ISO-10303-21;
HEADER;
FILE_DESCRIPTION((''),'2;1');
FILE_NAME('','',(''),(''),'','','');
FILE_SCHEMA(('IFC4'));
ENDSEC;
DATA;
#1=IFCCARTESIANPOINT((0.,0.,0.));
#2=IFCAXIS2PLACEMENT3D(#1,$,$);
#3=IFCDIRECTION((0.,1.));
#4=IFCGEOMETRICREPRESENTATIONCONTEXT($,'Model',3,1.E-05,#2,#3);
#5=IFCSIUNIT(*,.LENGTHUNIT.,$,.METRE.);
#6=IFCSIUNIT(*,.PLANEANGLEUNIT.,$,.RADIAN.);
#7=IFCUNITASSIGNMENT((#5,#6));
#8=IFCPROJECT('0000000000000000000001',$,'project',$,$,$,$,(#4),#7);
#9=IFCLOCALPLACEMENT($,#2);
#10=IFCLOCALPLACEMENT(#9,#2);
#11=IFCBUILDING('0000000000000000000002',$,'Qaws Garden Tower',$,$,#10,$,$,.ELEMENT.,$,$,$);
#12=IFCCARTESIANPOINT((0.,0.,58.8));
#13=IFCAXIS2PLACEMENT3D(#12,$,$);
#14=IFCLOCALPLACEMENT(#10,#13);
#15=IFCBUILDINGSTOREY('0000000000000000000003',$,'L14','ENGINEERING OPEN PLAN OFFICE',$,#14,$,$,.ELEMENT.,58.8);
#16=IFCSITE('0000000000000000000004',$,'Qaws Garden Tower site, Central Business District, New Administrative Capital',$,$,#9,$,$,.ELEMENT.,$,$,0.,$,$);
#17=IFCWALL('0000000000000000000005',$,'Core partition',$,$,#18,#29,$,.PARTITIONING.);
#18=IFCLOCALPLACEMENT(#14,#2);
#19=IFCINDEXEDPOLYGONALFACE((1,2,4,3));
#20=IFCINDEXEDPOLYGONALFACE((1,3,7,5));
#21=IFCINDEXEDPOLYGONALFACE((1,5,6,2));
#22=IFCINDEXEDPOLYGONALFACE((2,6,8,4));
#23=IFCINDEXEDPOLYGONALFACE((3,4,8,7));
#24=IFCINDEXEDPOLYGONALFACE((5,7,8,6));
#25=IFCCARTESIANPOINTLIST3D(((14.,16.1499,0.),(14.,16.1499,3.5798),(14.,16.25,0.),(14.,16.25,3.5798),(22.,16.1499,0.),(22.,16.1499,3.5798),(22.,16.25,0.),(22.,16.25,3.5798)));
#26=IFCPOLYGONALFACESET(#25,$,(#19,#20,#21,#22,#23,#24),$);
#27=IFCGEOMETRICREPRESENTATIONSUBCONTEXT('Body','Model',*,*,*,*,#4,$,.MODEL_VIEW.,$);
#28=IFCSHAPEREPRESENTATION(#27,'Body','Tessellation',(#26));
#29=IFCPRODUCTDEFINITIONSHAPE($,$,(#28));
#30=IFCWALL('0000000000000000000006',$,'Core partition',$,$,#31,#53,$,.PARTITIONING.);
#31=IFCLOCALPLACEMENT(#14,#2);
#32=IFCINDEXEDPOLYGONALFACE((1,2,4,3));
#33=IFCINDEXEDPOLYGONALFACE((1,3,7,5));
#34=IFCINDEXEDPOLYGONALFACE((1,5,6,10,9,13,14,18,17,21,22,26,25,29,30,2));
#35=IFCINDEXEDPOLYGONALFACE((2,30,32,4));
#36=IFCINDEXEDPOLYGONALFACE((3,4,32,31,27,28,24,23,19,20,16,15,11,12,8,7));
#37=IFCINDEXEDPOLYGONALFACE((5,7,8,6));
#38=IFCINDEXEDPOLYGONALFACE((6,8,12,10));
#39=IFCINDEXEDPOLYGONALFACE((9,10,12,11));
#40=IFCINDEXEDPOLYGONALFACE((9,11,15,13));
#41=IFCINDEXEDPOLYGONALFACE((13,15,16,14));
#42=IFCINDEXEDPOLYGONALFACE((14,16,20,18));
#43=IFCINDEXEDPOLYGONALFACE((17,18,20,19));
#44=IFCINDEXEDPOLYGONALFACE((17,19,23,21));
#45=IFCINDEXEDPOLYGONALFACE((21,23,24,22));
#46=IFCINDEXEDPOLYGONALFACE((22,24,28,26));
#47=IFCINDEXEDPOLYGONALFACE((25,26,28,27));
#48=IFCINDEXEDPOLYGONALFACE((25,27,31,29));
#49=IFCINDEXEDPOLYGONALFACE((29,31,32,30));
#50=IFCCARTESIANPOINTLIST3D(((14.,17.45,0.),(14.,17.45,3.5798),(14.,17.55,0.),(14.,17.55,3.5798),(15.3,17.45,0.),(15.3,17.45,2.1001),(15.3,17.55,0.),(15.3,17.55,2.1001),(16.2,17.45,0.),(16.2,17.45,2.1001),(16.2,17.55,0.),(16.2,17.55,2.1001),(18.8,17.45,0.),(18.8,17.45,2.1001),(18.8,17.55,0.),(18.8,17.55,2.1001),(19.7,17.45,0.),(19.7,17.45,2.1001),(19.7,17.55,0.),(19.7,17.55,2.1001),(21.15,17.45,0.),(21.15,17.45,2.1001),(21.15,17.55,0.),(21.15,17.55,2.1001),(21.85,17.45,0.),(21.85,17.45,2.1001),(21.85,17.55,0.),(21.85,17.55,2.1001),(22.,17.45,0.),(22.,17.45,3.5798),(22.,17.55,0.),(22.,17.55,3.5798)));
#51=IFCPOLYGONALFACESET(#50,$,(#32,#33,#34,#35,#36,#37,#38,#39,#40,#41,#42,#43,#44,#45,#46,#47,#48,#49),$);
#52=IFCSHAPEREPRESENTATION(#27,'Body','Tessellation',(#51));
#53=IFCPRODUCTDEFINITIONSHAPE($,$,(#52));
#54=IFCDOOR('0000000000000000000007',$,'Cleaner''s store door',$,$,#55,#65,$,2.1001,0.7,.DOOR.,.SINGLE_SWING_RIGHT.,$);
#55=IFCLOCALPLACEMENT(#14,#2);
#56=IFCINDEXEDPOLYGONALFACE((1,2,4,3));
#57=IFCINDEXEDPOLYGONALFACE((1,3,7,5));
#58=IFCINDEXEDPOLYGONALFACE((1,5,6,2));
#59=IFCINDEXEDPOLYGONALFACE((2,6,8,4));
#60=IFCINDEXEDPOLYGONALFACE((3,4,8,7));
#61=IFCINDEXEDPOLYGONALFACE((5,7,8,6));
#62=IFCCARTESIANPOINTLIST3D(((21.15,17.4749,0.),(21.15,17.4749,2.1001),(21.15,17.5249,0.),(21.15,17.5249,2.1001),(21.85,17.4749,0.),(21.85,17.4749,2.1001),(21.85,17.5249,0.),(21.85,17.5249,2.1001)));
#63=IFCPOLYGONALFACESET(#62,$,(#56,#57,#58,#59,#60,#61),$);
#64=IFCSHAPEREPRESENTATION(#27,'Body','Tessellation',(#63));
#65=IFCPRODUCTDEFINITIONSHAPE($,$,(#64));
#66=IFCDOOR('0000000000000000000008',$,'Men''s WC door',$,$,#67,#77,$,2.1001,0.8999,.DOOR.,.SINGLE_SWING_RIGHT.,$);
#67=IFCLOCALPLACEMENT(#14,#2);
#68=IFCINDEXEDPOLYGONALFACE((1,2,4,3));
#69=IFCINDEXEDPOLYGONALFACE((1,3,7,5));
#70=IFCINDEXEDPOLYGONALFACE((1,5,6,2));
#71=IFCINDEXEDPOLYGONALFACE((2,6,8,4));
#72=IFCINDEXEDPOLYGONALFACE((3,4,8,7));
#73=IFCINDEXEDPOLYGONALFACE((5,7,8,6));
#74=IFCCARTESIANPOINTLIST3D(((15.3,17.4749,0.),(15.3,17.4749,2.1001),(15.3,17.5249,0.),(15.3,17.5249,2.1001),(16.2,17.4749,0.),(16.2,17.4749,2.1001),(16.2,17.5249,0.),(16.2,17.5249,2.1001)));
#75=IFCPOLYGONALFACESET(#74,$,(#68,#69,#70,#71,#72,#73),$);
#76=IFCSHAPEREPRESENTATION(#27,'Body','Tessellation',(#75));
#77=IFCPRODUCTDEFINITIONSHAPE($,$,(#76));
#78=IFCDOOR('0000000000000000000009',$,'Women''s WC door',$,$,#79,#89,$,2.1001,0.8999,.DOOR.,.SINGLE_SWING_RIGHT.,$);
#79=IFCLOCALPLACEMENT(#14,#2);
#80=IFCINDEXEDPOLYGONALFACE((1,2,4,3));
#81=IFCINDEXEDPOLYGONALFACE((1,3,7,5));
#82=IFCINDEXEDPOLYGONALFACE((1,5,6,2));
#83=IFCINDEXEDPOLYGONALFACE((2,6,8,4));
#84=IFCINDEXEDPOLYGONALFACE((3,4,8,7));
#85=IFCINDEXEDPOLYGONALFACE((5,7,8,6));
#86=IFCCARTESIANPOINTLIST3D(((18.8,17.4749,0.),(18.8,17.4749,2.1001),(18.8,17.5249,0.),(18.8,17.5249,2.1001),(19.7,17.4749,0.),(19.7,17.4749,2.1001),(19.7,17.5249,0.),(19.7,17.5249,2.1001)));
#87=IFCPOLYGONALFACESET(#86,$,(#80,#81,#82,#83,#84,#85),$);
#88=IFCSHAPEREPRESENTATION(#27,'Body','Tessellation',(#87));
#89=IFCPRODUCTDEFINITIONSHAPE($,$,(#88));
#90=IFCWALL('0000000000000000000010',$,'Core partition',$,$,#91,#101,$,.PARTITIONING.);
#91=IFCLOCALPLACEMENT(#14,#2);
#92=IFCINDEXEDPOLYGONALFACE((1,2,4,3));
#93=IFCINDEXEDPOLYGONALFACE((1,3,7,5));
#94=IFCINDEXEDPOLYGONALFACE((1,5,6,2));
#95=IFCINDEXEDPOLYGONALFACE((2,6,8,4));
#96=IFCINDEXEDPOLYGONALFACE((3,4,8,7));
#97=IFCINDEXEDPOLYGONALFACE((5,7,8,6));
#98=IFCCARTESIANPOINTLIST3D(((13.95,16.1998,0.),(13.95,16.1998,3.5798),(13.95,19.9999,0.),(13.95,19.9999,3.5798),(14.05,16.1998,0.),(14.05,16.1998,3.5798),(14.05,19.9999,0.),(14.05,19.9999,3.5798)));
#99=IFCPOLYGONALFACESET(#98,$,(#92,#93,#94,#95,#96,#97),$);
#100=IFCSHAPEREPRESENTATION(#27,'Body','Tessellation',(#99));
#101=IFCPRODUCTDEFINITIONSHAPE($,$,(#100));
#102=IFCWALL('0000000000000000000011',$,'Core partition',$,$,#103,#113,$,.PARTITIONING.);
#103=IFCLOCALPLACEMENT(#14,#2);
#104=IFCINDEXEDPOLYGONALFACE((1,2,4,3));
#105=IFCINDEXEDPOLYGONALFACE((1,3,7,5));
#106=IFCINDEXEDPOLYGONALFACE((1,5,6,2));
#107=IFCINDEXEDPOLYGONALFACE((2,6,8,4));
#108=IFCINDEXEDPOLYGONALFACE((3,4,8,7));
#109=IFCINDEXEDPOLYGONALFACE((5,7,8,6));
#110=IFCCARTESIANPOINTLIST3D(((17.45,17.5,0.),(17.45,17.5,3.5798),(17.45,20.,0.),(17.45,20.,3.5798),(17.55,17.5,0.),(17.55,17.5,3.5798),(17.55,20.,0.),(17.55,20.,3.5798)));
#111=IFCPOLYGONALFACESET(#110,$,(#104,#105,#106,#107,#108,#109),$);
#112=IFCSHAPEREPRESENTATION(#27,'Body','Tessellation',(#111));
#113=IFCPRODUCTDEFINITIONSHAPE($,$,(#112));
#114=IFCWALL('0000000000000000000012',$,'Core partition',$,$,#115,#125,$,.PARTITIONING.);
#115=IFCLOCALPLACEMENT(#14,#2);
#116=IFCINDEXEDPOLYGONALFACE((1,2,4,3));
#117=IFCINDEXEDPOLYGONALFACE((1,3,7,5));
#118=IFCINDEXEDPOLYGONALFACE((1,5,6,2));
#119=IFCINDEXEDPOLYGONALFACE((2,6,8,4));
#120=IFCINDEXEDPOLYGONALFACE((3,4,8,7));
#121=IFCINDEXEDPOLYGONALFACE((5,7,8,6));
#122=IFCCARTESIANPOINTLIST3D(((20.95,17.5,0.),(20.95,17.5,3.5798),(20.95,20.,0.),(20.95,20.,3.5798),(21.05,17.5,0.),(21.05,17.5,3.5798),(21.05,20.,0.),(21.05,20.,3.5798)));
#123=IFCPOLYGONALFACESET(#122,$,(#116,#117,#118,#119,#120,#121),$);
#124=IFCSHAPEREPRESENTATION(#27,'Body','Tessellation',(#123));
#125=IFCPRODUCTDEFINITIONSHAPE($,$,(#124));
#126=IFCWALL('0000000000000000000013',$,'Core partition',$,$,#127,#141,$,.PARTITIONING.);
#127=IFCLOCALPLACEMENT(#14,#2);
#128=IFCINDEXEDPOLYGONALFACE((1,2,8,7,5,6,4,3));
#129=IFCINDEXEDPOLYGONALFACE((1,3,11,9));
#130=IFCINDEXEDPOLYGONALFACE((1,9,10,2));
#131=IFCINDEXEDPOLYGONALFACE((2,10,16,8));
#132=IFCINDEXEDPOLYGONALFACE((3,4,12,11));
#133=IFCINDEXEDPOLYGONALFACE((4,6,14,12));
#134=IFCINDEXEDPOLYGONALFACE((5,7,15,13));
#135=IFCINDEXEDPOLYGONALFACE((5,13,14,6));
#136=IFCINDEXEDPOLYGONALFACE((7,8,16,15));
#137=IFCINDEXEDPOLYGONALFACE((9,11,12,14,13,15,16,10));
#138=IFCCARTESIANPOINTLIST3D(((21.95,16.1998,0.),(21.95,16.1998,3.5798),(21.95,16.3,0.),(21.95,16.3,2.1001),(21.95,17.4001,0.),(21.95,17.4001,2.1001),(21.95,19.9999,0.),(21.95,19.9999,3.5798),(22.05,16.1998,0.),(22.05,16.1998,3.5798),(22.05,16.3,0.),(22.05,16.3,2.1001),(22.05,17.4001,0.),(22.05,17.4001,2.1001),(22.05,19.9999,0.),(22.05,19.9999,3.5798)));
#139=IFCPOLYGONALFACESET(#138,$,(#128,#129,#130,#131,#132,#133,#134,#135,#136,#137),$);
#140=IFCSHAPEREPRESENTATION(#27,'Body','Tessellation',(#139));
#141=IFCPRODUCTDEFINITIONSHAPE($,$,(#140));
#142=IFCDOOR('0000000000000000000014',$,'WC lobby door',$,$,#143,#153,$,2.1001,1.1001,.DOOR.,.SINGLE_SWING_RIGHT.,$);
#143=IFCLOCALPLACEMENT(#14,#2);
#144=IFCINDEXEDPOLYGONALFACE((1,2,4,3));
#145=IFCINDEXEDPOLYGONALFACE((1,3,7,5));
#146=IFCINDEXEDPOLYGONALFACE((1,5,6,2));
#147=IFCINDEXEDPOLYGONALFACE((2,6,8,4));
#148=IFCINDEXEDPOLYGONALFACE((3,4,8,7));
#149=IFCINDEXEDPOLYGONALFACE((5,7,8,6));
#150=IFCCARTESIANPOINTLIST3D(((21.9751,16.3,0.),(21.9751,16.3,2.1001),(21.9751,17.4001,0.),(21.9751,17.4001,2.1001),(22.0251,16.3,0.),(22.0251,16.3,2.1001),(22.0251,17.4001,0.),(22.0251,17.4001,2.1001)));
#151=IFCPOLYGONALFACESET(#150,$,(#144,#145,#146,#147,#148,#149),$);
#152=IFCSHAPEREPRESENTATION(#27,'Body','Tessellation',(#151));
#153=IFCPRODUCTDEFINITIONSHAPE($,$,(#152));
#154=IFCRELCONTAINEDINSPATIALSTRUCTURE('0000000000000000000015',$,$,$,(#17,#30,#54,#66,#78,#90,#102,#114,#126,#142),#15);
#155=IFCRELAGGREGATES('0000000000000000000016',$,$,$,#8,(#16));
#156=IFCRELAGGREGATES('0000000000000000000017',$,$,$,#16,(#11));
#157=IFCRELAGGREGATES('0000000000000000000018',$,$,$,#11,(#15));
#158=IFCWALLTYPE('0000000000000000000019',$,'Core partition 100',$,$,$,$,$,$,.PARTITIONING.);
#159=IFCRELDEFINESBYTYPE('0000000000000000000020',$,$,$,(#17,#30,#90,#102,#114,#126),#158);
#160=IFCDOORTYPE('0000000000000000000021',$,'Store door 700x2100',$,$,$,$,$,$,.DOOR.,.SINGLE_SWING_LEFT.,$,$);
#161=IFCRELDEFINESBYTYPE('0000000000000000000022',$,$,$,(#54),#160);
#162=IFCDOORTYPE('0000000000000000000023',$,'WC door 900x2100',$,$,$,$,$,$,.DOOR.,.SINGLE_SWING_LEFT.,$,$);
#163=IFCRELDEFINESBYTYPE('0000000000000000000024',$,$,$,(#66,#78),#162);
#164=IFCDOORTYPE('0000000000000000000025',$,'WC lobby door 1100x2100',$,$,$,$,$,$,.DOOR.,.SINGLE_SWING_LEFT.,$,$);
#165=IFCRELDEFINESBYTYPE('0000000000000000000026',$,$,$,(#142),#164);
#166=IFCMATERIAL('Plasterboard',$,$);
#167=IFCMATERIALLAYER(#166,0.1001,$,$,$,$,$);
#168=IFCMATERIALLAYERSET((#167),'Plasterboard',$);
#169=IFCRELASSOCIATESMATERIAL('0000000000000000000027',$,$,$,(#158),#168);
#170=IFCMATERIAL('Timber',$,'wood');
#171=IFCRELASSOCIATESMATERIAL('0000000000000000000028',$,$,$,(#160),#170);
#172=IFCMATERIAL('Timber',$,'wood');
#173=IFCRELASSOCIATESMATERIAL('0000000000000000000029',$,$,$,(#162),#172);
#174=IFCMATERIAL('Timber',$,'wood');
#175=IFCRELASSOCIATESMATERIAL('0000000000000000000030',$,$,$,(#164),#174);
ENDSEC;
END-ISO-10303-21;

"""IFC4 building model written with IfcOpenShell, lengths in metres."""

from ifc_helpers import new_model, si_unit, direction, frame, frame_2d, origin, place, context, subcontext, project, spatial, rectangle, extrude, material, layer, layer_set, type_object, element, fill, save


model = new_model("IFC4")

# Units and contexts
model_context = context("Model", 3, precision=1e-05, world=origin(), true_north=direction((0.0, 1.0)))
body_context = subcontext(model_context, "Body", "Model", "MODEL_VIEW")
ifc_project = project(units=[si_unit("LENGTHUNIT", "METRE"), si_unit("PLANEANGLEUNIT", "RADIAN")], contexts=[model_context])

# Site, building, storey
site_placement = place(None, origin())
site = spatial("IfcSite", under=ifc_project, at=site_placement, Name="Qaws Garden Tower site, Central Business District, New Administrative Capital", CompositionType="ELEMENT", RefElevation=0.0)
building_placement = place(site_placement, origin())
building = spatial("IfcBuilding", under=site, at=building_placement, Name="Qaws Garden Tower", CompositionType="ELEMENT")
storey_placement = place(building_placement, frame((0.0, 0.0, 58.8)))
storey = spatial("IfcBuildingStorey", under=building, at=storey_placement, Name="L14", Description="ENGINEERING OPEN PLAN OFFICE", CompositionType="ELEMENT", Elevation=58.8)

# Wall
ifc_material_1 = material(Name="Plasterboard")
ifc_layer_1 = layer(ifc_material_1, 0.1001)
ifc_layer_set_1 = layer_set([ifc_layer_1], Name="Plasterboard")
wall_type_1 = type_object("IfcWallType", Name="Core partition 100", PredefinedType="PARTITIONING", material=ifc_layer_set_1)
wall_1_placement = place(storey_placement, frame((14.0, 16.2, 0.0), z_axis=(0.0, 0.0, 1.0), x_axis=(1.0, 0.0, 0.0)))
element("IfcWall", 1, at=wall_1_placement, inside=storey, type_object=wall_type_1, Name="Core partition", PredefinedType="PARTITIONING", context=body_context, shape_type="SweptSolid", body=[
    extrude(rectangle(XDim=8.0, YDim=0.1001, at=frame_2d((4.0, 0.0))), origin(), (0.0, 0.0, 1.0), 3.5798),
])

# Wall, openings, doors
wall_2_placement = place(storey_placement, frame((14.0, 17.5, 0.0), z_axis=(0.0, 0.0, 1.0), x_axis=(1.0, 0.0, 0.0)))
wall_2 = element("IfcWall", 2, at=wall_2_placement, inside=storey, type_object=wall_type_1, Name="Core partition", PredefinedType="PARTITIONING", context=body_context, shape_type="SweptSolid", body=[
    extrude(rectangle(XDim=8.0, YDim=0.1001, at=frame_2d((4.0, 0.0))), origin(), (0.0, 0.0, 1.0), 3.5798),
])
opening_1_placement = place(wall_2_placement, frame((1.3, 0.0, 0.0)))
opening_1 = element("IfcOpeningElement", 3, at=opening_1_placement, cuts=wall_2, PredefinedType="OPENING", context=body_context, shape_type="SweptSolid", body=[
    extrude(rectangle(XDim=0.8999, YDim=2.1001, at=frame_2d((0.45, 1.05))), frame((0.0, 0.0601, 0.0), z_axis=(0.0, -1.0, 0.0), x_axis=(1.0, 0.0, 0.0)), (0.0, 0.0, 1.0), 0.1201),
])
opening_2_placement = place(wall_2_placement, frame((4.8, 0.0, 0.0)))
opening_2 = element("IfcOpeningElement", 4, at=opening_2_placement, cuts=wall_2, PredefinedType="OPENING", context=body_context, shape_type="SweptSolid", body=[
    extrude(rectangle(XDim=0.8999, YDim=2.1001, at=frame_2d((0.45, 1.05))), frame((0.0, 0.0601, 0.0), z_axis=(0.0, -1.0, 0.0), x_axis=(1.0, 0.0, 0.0)), (0.0, 0.0, 1.0), 0.1201),
])
opening_3_placement = place(wall_2_placement, frame((7.1499, 0.0, 0.0)))
opening_3 = element("IfcOpeningElement", 5, at=opening_3_placement, cuts=wall_2, PredefinedType="OPENING", context=body_context, shape_type="SweptSolid", body=[
    extrude(rectangle(XDim=0.7, YDim=2.1001, at=frame_2d((0.3501, 1.05))), frame((0.0, 0.0601, 0.0), z_axis=(0.0, -1.0, 0.0), x_axis=(1.0, 0.0, 0.0)), (0.0, 0.0, 1.0), 0.1201),
])
ifc_material_2 = material(Name="Timber", Category="wood")
door_type_1 = type_object("IfcDoorType", Name="Store door 700x2100", OperationType="SINGLE_SWING_LEFT", PredefinedType="DOOR", material=ifc_material_2)
door_1_placement = place(opening_3_placement, origin())
door_1 = element("IfcDoor", 6, at=door_1_placement, inside=storey, type_object=door_type_1, Name="Cleaner's store door", OperationType="SINGLE_SWING_RIGHT", OverallHeight=2.1001, OverallWidth=0.7, PredefinedType="DOOR", context=body_context, shape_type="SweptSolid", body=[
    extrude(rectangle(XDim=0.7, YDim=2.1001, at=frame_2d((0.3501, 1.05))), frame((0.0, 0.0249, 0.0), z_axis=(0.0, -1.0, 0.0), x_axis=(1.0, 0.0, 0.0)), (0.0, 0.0, 1.0), 0.05),
])
fill(opening_3, door_1)
ifc_material_3 = material(Name="Timber", Category="wood")
door_type_2 = type_object("IfcDoorType", Name="WC door 900x2100", OperationType="SINGLE_SWING_LEFT", PredefinedType="DOOR", material=ifc_material_3)
door_2_placement = place(opening_1_placement, origin())
door_2 = element("IfcDoor", 7, at=door_2_placement, inside=storey, type_object=door_type_2, Name="Men's WC door", OperationType="SINGLE_SWING_RIGHT", OverallHeight=2.1001, OverallWidth=0.8999, PredefinedType="DOOR", context=body_context, shape_type="SweptSolid", body=[
    extrude(rectangle(XDim=0.8999, YDim=2.1001, at=frame_2d((0.45, 1.05))), frame((0.0, 0.0249, 0.0), z_axis=(0.0, -1.0, 0.0), x_axis=(1.0, 0.0, 0.0)), (0.0, 0.0, 1.0), 0.05),
])
fill(opening_1, door_2)
door_3_placement = place(opening_2_placement, origin())
door_3 = element("IfcDoor", 8, at=door_3_placement, inside=storey, type_object=door_type_2, Name="Women's WC door", OperationType="SINGLE_SWING_RIGHT", OverallHeight=2.1001, OverallWidth=0.8999, PredefinedType="DOOR", context=body_context, shape_type="SweptSolid", body=[
    extrude(rectangle(XDim=0.8999, YDim=2.1001, at=frame_2d((0.45, 1.05))), frame((0.0, 0.0249, 0.0), z_axis=(0.0, -1.0, 0.0), x_axis=(1.0, 0.0, 0.0)), (0.0, 0.0, 1.0), 0.05),
])
fill(opening_2, door_3)

# Walls
wall_3_placement = place(storey_placement, frame((14.0, 16.2, 0.0), z_axis=(0.0, 0.0, 1.0), x_axis=(0.0, 1.0, 0.0)))
element("IfcWall", 9, at=wall_3_placement, inside=storey, type_object=wall_type_1, Name="Core partition", PredefinedType="PARTITIONING", context=body_context, shape_type="SweptSolid", body=[
    extrude(rectangle(XDim=3.8, YDim=0.1001, at=frame_2d((1.8999, 0.0))), origin(), (0.0, 0.0, 1.0), 3.5798),
])
for number, where, z_axis, x_axis, name in (
    (10, (17.5, 17.5, 0.0), (0.0, 0.0, 1.0), (0.0, 1.0, 0.0), "Core partition"),
    (11, (21.0, 17.5, 0.0), (0.0, 0.0, 1.0), (0.0, 1.0, 0.0), "Core partition"),
):
    element("IfcWall", number, at=place(storey_placement, frame(where, z_axis=z_axis, x_axis=x_axis)), inside=storey, type_object=wall_type_1, Name=name, PredefinedType="PARTITIONING", context=body_context, shape_type="SweptSolid", body=[
        extrude(rectangle(XDim=2.5, YDim=0.1001, at=frame_2d((1.25, 0.0))), origin(), (0.0, 0.0, 1.0), 3.5798),
    ])

# Wall, opening, door
wall_4_placement = place(storey_placement, frame((22.0, 16.2, 0.0), z_axis=(0.0, 0.0, 1.0), x_axis=(0.0, 1.0, 0.0)))
wall_4 = element("IfcWall", 12, at=wall_4_placement, inside=storey, type_object=wall_type_1, Name="Core partition", PredefinedType="PARTITIONING", context=body_context, shape_type="SweptSolid", body=[
    extrude(rectangle(XDim=3.8, YDim=0.1001, at=frame_2d((1.8999, 0.0))), origin(), (0.0, 0.0, 1.0), 3.5798),
])
opening_4_placement = place(wall_4_placement, frame((0.1001, 0.0, 0.0)))
opening_4 = element("IfcOpeningElement", 13, at=opening_4_placement, cuts=wall_4, PredefinedType="OPENING", context=body_context, shape_type="SweptSolid", body=[
    extrude(rectangle(XDim=1.1001, YDim=2.1001, at=frame_2d((0.55, 1.05))), frame((0.0, 0.0601, 0.0), z_axis=(0.0, -1.0, 0.0), x_axis=(1.0, 0.0, 0.0)), (0.0, 0.0, 1.0), 0.1201),
])
ifc_material_4 = material(Name="Timber", Category="wood")
door_type_3 = type_object("IfcDoorType", Name="WC lobby door 1100x2100", OperationType="SINGLE_SWING_LEFT", PredefinedType="DOOR", material=ifc_material_4)
door_4_placement = place(opening_4_placement, origin())
door_4 = element("IfcDoor", 14, at=door_4_placement, inside=storey, type_object=door_type_3, Name="WC lobby door", OperationType="SINGLE_SWING_RIGHT", OverallHeight=2.1001, OverallWidth=1.1001, PredefinedType="DOOR", context=body_context, shape_type="SweptSolid", body=[
    extrude(rectangle(XDim=1.1001, YDim=2.1001, at=frame_2d((0.55, 1.05))), frame((0.0, 0.0249, 0.0), z_axis=(0.0, -1.0, 0.0), x_axis=(1.0, 0.0, 0.0)), (0.0, 0.0, 1.0), 0.05),
])
fill(opening_4, door_4)

save(model, "model.ifc")
